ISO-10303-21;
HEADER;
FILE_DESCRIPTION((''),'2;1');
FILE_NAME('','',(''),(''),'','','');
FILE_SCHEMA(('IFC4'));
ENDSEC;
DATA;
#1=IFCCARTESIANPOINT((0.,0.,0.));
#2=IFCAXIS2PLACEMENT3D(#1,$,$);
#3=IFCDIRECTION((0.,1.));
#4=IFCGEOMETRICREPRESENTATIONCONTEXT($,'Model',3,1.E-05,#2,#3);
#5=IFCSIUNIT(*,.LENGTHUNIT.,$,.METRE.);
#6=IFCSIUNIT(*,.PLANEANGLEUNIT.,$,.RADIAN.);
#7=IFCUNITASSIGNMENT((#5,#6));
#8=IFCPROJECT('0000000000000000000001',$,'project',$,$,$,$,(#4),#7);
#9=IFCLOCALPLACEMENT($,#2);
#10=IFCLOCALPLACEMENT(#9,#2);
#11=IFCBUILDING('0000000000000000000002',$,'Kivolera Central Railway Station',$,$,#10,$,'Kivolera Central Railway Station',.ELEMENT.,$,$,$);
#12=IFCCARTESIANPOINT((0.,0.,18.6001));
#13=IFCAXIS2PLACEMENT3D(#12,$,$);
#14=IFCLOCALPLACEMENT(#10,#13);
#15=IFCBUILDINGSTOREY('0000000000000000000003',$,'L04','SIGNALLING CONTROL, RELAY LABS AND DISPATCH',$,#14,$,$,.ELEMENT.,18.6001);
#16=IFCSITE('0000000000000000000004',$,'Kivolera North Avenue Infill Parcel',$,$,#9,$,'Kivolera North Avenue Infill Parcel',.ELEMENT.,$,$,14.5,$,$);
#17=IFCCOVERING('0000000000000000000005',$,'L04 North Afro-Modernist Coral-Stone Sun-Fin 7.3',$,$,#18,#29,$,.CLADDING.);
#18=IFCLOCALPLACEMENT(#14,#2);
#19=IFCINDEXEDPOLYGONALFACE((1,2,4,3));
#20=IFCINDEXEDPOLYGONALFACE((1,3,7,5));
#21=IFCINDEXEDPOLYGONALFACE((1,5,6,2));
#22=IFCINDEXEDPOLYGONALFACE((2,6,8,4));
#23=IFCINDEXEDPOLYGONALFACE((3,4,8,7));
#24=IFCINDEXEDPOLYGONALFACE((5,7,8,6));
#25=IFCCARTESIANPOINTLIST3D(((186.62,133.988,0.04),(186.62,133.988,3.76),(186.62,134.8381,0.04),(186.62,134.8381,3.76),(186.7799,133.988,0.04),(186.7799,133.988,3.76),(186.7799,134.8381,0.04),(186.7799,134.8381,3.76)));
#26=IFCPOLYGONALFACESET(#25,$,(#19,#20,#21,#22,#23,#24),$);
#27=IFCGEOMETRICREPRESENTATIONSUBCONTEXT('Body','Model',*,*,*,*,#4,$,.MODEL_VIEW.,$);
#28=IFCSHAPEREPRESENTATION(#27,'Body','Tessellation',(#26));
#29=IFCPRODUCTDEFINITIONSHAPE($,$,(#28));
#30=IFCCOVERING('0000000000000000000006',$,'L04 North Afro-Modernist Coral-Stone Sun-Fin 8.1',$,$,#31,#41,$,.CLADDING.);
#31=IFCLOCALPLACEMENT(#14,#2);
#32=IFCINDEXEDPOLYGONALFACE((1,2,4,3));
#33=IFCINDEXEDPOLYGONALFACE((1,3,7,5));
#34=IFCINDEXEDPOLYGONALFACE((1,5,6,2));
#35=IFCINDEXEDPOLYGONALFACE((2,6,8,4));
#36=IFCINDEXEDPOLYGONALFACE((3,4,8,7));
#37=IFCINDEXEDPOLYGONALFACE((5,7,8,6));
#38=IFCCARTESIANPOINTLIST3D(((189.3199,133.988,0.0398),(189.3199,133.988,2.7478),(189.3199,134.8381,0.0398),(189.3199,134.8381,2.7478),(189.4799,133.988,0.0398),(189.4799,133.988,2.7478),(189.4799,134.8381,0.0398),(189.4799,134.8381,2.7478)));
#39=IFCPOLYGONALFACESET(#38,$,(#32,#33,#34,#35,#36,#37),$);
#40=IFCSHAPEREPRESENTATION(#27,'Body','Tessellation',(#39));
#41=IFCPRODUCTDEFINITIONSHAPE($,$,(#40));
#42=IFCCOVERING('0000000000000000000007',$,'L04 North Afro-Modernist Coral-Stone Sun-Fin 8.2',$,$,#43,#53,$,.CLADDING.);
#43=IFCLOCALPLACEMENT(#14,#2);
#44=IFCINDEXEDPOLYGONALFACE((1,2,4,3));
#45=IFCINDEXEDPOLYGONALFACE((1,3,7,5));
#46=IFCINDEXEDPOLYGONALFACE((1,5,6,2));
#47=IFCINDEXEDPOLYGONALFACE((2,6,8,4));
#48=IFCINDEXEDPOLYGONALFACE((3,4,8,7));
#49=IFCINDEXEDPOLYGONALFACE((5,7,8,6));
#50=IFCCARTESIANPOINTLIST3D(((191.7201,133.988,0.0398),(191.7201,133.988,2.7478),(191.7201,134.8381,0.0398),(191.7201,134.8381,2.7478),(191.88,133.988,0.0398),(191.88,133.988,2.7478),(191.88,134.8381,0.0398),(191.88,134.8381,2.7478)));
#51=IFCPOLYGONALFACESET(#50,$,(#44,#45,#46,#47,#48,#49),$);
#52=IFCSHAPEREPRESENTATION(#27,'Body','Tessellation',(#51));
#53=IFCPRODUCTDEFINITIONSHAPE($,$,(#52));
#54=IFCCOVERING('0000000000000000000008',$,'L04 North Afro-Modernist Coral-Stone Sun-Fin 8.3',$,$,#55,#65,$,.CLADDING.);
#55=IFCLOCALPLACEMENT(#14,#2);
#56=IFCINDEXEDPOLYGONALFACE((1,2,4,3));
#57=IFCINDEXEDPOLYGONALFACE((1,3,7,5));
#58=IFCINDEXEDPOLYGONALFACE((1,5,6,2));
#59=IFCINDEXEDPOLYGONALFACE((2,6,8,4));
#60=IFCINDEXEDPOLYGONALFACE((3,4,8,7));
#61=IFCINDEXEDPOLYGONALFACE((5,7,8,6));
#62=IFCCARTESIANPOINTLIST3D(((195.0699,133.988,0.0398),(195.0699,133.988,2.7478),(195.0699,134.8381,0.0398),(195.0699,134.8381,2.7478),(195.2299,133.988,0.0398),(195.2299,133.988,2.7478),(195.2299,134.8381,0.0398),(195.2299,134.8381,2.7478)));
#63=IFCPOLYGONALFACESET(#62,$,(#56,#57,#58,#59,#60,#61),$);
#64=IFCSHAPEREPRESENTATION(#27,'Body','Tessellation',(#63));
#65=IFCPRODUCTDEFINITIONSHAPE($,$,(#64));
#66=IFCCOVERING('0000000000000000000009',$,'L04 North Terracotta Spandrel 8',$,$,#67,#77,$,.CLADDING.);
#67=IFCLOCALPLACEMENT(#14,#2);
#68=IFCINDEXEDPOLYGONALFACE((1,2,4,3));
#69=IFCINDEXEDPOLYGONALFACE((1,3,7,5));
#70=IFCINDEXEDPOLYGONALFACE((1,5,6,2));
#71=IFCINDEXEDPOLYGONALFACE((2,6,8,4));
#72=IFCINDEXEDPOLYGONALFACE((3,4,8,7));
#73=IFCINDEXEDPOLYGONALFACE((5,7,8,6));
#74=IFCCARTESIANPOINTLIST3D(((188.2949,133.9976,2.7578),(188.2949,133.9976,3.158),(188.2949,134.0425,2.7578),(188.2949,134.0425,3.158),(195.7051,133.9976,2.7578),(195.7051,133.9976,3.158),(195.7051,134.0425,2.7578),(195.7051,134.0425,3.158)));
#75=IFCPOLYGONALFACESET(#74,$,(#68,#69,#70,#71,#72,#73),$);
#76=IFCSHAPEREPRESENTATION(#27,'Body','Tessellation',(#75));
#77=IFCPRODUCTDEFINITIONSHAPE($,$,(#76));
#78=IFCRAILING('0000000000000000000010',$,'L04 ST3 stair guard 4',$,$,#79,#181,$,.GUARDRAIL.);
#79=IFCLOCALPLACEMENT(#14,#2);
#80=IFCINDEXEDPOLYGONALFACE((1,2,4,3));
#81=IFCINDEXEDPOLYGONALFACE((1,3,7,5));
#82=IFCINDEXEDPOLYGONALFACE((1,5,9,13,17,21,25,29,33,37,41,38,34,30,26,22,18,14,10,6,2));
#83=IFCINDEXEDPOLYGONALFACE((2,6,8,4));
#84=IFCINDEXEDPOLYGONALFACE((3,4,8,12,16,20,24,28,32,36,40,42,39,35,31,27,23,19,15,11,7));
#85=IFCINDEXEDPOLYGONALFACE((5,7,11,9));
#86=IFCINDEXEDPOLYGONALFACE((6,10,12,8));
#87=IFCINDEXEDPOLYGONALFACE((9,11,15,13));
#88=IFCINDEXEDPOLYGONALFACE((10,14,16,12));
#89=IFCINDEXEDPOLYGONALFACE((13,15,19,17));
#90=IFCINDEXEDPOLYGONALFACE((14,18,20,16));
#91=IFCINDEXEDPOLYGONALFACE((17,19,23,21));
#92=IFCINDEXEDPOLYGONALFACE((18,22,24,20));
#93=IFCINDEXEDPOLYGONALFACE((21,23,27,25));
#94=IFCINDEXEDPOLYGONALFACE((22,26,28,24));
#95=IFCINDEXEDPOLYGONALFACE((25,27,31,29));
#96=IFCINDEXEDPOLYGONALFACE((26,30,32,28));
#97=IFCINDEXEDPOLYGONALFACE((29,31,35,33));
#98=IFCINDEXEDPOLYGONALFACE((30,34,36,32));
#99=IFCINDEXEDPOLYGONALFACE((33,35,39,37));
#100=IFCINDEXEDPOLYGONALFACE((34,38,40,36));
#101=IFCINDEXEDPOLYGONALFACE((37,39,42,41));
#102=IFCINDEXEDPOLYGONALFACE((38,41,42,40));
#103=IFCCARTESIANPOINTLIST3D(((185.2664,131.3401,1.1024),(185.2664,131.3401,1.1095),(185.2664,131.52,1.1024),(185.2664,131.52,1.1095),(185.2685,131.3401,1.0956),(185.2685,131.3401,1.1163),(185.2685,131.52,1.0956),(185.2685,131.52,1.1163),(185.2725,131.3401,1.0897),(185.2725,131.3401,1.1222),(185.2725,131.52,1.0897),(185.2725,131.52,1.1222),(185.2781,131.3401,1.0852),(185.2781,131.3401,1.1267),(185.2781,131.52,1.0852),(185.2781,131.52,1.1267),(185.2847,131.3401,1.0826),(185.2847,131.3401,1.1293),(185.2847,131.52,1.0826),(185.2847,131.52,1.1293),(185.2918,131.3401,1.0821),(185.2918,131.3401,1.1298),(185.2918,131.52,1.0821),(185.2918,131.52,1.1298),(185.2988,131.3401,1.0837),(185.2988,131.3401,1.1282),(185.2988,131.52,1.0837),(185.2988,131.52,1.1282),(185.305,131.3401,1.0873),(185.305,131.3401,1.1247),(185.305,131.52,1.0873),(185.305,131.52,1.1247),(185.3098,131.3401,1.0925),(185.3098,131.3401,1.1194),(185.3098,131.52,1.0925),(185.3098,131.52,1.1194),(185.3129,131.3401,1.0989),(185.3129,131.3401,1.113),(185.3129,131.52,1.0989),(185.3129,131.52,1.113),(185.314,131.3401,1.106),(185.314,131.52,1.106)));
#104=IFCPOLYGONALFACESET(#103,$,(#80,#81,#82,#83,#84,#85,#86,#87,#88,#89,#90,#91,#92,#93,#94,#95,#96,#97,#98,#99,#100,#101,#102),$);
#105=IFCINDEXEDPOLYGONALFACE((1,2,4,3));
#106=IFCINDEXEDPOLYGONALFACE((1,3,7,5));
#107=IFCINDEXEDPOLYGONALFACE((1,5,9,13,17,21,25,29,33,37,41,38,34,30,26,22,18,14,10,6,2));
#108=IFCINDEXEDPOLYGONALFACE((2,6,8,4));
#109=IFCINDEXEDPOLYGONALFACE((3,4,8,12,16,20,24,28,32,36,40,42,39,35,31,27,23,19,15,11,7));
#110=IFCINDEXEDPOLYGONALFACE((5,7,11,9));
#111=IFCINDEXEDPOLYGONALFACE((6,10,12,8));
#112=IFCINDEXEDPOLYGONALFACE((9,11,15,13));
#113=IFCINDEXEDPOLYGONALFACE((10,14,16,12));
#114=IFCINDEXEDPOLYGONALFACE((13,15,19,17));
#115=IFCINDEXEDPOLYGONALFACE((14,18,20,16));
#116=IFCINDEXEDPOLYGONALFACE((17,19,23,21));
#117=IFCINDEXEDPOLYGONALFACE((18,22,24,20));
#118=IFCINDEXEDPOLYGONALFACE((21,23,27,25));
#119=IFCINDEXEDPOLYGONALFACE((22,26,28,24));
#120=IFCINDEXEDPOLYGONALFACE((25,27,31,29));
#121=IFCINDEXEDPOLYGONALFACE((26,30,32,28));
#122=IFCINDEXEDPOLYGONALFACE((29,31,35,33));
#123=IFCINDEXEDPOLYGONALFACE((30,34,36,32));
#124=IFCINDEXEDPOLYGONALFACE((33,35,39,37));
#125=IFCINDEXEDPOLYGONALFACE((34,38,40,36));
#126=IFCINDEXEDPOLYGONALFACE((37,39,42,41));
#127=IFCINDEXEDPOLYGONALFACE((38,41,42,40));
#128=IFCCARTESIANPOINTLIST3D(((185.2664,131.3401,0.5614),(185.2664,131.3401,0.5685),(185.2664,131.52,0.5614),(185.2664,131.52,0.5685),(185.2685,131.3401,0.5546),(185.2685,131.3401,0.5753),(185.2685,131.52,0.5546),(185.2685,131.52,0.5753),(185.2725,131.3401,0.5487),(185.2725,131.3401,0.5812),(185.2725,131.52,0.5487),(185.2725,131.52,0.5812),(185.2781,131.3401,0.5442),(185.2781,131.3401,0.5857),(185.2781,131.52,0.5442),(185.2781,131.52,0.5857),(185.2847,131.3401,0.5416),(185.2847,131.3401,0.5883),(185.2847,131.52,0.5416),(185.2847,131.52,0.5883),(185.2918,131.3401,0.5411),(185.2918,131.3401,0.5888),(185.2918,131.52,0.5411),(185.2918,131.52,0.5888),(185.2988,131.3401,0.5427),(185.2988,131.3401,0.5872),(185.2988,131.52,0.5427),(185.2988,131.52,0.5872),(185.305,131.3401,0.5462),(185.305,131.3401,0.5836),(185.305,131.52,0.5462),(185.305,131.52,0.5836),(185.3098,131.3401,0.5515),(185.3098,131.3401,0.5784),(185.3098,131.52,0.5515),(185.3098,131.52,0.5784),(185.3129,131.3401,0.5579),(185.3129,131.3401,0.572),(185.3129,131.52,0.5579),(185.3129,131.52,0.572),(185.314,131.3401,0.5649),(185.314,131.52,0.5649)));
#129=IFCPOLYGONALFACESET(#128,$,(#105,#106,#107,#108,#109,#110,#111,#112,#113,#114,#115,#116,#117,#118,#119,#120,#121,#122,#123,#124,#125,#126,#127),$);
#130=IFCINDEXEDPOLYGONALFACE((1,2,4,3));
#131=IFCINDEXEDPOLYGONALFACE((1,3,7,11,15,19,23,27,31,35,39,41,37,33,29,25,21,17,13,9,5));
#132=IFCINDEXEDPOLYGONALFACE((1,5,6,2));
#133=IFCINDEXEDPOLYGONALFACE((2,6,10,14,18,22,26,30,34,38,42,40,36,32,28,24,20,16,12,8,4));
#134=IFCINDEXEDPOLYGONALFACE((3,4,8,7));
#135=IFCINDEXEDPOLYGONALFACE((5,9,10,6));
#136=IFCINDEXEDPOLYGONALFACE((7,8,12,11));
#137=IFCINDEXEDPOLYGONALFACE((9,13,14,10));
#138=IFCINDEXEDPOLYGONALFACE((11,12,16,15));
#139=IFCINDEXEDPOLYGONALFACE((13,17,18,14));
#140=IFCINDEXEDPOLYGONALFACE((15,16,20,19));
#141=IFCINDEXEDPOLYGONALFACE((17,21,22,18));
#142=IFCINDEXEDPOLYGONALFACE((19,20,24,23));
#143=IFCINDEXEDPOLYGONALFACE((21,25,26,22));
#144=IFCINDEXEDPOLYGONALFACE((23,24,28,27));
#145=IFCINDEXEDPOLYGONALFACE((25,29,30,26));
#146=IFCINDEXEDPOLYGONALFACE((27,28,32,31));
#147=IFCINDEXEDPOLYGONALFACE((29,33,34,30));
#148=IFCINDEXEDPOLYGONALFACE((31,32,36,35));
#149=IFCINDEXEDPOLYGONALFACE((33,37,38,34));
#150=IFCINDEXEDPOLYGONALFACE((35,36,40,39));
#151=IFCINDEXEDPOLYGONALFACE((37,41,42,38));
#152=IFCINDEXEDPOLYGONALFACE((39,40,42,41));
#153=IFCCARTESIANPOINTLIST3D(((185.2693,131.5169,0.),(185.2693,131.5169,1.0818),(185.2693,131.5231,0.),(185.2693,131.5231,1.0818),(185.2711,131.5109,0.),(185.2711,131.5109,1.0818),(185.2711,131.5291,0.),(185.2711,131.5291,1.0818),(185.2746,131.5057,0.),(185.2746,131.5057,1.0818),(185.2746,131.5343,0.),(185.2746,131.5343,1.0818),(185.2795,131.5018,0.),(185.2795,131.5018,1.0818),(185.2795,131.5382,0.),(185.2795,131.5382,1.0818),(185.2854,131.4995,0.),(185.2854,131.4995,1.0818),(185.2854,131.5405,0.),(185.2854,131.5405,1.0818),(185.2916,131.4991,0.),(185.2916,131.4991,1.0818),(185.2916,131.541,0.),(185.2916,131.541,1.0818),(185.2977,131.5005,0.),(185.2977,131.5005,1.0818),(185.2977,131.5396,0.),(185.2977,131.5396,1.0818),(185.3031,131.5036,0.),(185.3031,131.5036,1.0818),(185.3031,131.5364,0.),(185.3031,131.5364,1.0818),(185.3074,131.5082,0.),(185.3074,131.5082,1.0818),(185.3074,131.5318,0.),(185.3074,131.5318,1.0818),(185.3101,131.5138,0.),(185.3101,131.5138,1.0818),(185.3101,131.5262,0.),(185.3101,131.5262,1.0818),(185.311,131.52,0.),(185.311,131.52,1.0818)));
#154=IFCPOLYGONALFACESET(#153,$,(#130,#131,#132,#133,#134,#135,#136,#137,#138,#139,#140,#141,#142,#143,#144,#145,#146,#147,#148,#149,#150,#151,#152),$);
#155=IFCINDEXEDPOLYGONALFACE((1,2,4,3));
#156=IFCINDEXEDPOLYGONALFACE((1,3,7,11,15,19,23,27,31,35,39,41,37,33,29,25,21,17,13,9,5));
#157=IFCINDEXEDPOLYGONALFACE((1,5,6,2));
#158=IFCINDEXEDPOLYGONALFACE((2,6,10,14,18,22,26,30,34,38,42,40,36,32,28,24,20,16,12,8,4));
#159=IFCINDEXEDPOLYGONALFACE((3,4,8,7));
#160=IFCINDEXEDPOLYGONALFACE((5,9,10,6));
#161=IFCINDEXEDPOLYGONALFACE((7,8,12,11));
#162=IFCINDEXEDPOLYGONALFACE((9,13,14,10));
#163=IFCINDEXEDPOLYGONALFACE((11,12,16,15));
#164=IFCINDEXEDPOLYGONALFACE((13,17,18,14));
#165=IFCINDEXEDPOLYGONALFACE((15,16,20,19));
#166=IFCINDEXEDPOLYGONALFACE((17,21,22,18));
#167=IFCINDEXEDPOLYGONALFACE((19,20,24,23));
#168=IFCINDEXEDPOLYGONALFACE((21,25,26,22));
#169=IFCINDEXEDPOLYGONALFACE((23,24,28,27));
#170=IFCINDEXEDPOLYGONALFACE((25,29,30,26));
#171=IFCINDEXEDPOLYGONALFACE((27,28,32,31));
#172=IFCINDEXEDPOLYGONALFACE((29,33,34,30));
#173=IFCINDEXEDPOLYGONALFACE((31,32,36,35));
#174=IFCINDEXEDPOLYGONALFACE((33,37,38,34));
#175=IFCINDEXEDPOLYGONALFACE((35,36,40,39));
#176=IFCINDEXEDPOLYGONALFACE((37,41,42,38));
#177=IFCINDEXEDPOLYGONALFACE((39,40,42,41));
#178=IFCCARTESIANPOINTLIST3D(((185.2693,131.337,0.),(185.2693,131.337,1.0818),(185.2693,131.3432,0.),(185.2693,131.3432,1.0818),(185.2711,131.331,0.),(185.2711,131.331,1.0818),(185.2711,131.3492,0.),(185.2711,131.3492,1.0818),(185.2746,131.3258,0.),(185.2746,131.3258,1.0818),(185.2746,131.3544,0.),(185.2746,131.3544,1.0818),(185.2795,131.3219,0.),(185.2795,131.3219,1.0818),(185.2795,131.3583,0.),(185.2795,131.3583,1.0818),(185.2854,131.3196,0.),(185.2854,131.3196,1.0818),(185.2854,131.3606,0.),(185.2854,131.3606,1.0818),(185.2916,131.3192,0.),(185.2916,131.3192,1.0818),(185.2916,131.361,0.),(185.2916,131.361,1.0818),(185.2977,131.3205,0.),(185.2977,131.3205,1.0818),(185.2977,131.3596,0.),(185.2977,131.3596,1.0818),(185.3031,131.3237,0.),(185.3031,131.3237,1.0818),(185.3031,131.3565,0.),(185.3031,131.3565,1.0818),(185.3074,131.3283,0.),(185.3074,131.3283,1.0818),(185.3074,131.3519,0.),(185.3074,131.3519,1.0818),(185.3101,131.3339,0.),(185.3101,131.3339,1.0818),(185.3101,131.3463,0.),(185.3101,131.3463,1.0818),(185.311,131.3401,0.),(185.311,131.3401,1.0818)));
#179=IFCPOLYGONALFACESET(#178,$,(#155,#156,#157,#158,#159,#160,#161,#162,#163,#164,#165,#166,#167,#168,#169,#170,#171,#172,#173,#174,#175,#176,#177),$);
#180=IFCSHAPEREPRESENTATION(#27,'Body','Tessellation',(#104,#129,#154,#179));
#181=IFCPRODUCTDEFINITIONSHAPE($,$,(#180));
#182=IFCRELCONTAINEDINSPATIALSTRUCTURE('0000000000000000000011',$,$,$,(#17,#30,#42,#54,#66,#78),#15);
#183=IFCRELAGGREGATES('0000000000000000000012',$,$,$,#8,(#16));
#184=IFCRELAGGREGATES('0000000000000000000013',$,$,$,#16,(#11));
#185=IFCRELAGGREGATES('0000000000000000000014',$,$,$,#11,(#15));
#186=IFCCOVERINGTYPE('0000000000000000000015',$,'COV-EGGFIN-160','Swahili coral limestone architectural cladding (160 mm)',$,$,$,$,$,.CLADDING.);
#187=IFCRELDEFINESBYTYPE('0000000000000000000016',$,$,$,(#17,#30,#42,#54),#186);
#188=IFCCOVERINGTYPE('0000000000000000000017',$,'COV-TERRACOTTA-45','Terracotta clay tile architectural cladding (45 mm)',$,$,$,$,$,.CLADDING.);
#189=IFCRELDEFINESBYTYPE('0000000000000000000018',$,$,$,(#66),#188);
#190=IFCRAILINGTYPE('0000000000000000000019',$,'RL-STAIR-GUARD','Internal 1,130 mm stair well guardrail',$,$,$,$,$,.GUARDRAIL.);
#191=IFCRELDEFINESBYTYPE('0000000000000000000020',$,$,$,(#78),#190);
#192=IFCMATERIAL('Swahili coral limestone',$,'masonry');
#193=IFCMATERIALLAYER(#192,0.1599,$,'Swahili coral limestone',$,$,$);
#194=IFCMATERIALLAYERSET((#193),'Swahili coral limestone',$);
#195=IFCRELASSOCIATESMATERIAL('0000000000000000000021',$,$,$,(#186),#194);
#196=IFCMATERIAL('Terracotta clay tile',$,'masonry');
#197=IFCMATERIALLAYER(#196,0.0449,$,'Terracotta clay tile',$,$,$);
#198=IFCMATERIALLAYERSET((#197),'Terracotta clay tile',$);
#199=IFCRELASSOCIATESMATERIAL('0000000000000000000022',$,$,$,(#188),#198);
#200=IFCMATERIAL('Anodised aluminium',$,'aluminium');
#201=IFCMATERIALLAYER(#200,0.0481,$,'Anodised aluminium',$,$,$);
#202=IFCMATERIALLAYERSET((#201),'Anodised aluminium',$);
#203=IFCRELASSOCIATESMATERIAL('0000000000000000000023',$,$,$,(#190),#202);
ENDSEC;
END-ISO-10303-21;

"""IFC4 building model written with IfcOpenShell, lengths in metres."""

from ifc_helpers import new_model, si_unit, direction, frame, frame_2d, origin, origin_2d, place, context, subcontext, project, spatial, rectangle, circle, extrude, material, layer, layer_set, type_object, element, save


model = new_model("IFC4")

# Units and contexts
model_context = context("Model", 3, precision=1e-05, world=origin(), true_north=direction((0.0, 1.0)))
body_context = subcontext(model_context, "Body", "Model", "MODEL_VIEW")
ifc_project = project(units=[si_unit("LENGTHUNIT", "METRE"), si_unit("PLANEANGLEUNIT", "RADIAN")], contexts=[model_context])

# Site, building, storey
site_placement = place(None, origin())
site = spatial("IfcSite", under=ifc_project, at=site_placement, Name="Kivolera North Avenue Infill Parcel", LongName="Kivolera North Avenue Infill Parcel", CompositionType="ELEMENT", RefElevation=14.5)
building_placement = place(site_placement, origin())
building = spatial("IfcBuilding", under=site, at=building_placement, Name="Kivolera Central Railway Station", LongName="Kivolera Central Railway Station", CompositionType="ELEMENT")
storey_placement = place(building_placement, frame((0.0, 0.0, 18.6001)))
storey = spatial("IfcBuildingStorey", under=building, at=storey_placement, Name="L04", Description="SIGNALLING CONTROL, RELAY LABS AND DISPATCH", CompositionType="ELEMENT", Elevation=18.6001)

# Shared definitions
ifc_material_1 = material(Name="Anodised aluminium", Category="aluminium")

# Shared definitions
ifc_material_2 = material(Name="Swahili coral limestone", Category="masonry")

# Coverings
ifc_layer_1 = layer(ifc_material_2, 0.1599, Name="Swahili coral limestone")
ifc_layer_set_1 = layer_set([ifc_layer_1], Name="Swahili coral limestone")
covering_type_1 = type_object("IfcCoveringType", Name="COV-EGGFIN-160", Description="Swahili coral limestone architectural cladding (160 mm)", PredefinedType="CLADDING", material=ifc_layer_set_1)
covering_1_placement = place(storey_placement, frame((186.7, 134.4131, 0.04), z_axis=(0.0, 0.0, 1.0), x_axis=(1.0, 0.0, 0.0)))
element("IfcCovering", 1, at=covering_1_placement, inside=storey, type_object=covering_type_1, Name="L04 North Afro-Modernist Coral-Stone Sun-Fin 7.3", PredefinedType="CLADDING", context=body_context, shape_type="SweptSolid", body=[
    extrude(rectangle(XDim=0.1599, YDim=0.8501, at=origin_2d()), origin(), (0.0, 0.0, 1.0), 3.72),
])
for number, where, z_axis, x_axis, name in (
    (2, (189.3999, 134.4131, 0.0398), (0.0, 0.0, 1.0), (1.0, 0.0, 0.0), "L04 North Afro-Modernist Coral-Stone Sun-Fin 8.1"),
    (3, (191.8, 134.4131, 0.0398), (0.0, 0.0, 1.0), (1.0, 0.0, 0.0), "L04 North Afro-Modernist Coral-Stone Sun-Fin 8.2"),
    (4, (195.1499, 134.4131, 0.0398), (0.0, 0.0, 1.0), (1.0, 0.0, 0.0), "L04 North Afro-Modernist Coral-Stone Sun-Fin 8.3"),
):
    element("IfcCovering", number, at=place(storey_placement, frame(where, z_axis=z_axis, x_axis=x_axis)), inside=storey, type_object=covering_type_1, Name=name, PredefinedType="CLADDING", context=body_context, shape_type="SweptSolid", body=[
        extrude(rectangle(XDim=0.1599, YDim=0.8501, at=origin_2d()), origin(), (0.0, 0.0, 1.0), 2.708),
    ])
ifc_material_3 = material(Name="Terracotta clay tile", Category="masonry")
ifc_layer_2 = layer(ifc_material_3, 0.0449, Name="Terracotta clay tile")
ifc_layer_set_2 = layer_set([ifc_layer_2], Name="Terracotta clay tile")
covering_type_2 = type_object("IfcCoveringType", Name="COV-TERRACOTTA-45", Description="Terracotta clay tile architectural cladding (45 mm)", PredefinedType="CLADDING", material=ifc_layer_set_2)
covering_2_placement = place(storey_placement, frame((188.2949, 134.02, 2.7578), z_axis=(0.0, 0.0, 1.0), x_axis=(1.0, 0.0, 0.0)))
element("IfcCovering", 5, at=covering_2_placement, inside=storey, type_object=covering_type_2, Name="L04 North Terracotta Spandrel 8", PredefinedType="CLADDING", context=body_context, shape_type="SweptSolid", body=[
    extrude(rectangle(XDim=7.4102, YDim=0.0449, at=frame_2d((3.7051, 0.0))), origin(), (0.0, 0.0, 1.0), 0.4001),
])

# Railing
ifc_layer_3 = layer(ifc_material_1, 0.0481, Name="Anodised aluminium")
ifc_layer_set_3 = layer_set([ifc_layer_3], Name="Anodised aluminium")
railing_type = type_object("IfcRailingType", Name="RL-STAIR-GUARD", Description="Internal 1,130 mm stair well guardrail", PredefinedType="GUARDRAIL", material=ifc_layer_set_3)
railing_placement = place(storey_placement, frame((185.29, 131.52, 0.0)))
element("IfcRailing", 6, at=railing_placement, inside=storey, type_object=railing_type, Name="L04 ST3 stair guard 4", PredefinedType="GUARDRAIL", context=body_context, shape_type="SweptSolid", body=[
    extrude(circle(Radius=0.0239, at=origin_2d()), frame((0.0, 0.0, 1.106), z_axis=(0.0, -1.0, 0.0), x_axis=(1.0, 0.0, 0.0)), (0.0, 0.0, 1.0), 0.1799),
    extrude(circle(Radius=0.0239, at=origin_2d()), frame((0.0, 0.0, 0.5649), z_axis=(0.0, -1.0, 0.0), x_axis=(1.0, 0.0, 0.0)), (0.0, 0.0, 1.0), 0.1799),
    extrude(circle(Radius=0.021, at=origin_2d()), origin(), (0.0, 0.0, 1.0), 1.0818),
    extrude(circle(Radius=0.021, at=origin_2d()), frame((0.0, -0.1799, 0.0)), (0.0, 0.0, 1.0), 1.0818),
])

save(model, "model.ifc")
